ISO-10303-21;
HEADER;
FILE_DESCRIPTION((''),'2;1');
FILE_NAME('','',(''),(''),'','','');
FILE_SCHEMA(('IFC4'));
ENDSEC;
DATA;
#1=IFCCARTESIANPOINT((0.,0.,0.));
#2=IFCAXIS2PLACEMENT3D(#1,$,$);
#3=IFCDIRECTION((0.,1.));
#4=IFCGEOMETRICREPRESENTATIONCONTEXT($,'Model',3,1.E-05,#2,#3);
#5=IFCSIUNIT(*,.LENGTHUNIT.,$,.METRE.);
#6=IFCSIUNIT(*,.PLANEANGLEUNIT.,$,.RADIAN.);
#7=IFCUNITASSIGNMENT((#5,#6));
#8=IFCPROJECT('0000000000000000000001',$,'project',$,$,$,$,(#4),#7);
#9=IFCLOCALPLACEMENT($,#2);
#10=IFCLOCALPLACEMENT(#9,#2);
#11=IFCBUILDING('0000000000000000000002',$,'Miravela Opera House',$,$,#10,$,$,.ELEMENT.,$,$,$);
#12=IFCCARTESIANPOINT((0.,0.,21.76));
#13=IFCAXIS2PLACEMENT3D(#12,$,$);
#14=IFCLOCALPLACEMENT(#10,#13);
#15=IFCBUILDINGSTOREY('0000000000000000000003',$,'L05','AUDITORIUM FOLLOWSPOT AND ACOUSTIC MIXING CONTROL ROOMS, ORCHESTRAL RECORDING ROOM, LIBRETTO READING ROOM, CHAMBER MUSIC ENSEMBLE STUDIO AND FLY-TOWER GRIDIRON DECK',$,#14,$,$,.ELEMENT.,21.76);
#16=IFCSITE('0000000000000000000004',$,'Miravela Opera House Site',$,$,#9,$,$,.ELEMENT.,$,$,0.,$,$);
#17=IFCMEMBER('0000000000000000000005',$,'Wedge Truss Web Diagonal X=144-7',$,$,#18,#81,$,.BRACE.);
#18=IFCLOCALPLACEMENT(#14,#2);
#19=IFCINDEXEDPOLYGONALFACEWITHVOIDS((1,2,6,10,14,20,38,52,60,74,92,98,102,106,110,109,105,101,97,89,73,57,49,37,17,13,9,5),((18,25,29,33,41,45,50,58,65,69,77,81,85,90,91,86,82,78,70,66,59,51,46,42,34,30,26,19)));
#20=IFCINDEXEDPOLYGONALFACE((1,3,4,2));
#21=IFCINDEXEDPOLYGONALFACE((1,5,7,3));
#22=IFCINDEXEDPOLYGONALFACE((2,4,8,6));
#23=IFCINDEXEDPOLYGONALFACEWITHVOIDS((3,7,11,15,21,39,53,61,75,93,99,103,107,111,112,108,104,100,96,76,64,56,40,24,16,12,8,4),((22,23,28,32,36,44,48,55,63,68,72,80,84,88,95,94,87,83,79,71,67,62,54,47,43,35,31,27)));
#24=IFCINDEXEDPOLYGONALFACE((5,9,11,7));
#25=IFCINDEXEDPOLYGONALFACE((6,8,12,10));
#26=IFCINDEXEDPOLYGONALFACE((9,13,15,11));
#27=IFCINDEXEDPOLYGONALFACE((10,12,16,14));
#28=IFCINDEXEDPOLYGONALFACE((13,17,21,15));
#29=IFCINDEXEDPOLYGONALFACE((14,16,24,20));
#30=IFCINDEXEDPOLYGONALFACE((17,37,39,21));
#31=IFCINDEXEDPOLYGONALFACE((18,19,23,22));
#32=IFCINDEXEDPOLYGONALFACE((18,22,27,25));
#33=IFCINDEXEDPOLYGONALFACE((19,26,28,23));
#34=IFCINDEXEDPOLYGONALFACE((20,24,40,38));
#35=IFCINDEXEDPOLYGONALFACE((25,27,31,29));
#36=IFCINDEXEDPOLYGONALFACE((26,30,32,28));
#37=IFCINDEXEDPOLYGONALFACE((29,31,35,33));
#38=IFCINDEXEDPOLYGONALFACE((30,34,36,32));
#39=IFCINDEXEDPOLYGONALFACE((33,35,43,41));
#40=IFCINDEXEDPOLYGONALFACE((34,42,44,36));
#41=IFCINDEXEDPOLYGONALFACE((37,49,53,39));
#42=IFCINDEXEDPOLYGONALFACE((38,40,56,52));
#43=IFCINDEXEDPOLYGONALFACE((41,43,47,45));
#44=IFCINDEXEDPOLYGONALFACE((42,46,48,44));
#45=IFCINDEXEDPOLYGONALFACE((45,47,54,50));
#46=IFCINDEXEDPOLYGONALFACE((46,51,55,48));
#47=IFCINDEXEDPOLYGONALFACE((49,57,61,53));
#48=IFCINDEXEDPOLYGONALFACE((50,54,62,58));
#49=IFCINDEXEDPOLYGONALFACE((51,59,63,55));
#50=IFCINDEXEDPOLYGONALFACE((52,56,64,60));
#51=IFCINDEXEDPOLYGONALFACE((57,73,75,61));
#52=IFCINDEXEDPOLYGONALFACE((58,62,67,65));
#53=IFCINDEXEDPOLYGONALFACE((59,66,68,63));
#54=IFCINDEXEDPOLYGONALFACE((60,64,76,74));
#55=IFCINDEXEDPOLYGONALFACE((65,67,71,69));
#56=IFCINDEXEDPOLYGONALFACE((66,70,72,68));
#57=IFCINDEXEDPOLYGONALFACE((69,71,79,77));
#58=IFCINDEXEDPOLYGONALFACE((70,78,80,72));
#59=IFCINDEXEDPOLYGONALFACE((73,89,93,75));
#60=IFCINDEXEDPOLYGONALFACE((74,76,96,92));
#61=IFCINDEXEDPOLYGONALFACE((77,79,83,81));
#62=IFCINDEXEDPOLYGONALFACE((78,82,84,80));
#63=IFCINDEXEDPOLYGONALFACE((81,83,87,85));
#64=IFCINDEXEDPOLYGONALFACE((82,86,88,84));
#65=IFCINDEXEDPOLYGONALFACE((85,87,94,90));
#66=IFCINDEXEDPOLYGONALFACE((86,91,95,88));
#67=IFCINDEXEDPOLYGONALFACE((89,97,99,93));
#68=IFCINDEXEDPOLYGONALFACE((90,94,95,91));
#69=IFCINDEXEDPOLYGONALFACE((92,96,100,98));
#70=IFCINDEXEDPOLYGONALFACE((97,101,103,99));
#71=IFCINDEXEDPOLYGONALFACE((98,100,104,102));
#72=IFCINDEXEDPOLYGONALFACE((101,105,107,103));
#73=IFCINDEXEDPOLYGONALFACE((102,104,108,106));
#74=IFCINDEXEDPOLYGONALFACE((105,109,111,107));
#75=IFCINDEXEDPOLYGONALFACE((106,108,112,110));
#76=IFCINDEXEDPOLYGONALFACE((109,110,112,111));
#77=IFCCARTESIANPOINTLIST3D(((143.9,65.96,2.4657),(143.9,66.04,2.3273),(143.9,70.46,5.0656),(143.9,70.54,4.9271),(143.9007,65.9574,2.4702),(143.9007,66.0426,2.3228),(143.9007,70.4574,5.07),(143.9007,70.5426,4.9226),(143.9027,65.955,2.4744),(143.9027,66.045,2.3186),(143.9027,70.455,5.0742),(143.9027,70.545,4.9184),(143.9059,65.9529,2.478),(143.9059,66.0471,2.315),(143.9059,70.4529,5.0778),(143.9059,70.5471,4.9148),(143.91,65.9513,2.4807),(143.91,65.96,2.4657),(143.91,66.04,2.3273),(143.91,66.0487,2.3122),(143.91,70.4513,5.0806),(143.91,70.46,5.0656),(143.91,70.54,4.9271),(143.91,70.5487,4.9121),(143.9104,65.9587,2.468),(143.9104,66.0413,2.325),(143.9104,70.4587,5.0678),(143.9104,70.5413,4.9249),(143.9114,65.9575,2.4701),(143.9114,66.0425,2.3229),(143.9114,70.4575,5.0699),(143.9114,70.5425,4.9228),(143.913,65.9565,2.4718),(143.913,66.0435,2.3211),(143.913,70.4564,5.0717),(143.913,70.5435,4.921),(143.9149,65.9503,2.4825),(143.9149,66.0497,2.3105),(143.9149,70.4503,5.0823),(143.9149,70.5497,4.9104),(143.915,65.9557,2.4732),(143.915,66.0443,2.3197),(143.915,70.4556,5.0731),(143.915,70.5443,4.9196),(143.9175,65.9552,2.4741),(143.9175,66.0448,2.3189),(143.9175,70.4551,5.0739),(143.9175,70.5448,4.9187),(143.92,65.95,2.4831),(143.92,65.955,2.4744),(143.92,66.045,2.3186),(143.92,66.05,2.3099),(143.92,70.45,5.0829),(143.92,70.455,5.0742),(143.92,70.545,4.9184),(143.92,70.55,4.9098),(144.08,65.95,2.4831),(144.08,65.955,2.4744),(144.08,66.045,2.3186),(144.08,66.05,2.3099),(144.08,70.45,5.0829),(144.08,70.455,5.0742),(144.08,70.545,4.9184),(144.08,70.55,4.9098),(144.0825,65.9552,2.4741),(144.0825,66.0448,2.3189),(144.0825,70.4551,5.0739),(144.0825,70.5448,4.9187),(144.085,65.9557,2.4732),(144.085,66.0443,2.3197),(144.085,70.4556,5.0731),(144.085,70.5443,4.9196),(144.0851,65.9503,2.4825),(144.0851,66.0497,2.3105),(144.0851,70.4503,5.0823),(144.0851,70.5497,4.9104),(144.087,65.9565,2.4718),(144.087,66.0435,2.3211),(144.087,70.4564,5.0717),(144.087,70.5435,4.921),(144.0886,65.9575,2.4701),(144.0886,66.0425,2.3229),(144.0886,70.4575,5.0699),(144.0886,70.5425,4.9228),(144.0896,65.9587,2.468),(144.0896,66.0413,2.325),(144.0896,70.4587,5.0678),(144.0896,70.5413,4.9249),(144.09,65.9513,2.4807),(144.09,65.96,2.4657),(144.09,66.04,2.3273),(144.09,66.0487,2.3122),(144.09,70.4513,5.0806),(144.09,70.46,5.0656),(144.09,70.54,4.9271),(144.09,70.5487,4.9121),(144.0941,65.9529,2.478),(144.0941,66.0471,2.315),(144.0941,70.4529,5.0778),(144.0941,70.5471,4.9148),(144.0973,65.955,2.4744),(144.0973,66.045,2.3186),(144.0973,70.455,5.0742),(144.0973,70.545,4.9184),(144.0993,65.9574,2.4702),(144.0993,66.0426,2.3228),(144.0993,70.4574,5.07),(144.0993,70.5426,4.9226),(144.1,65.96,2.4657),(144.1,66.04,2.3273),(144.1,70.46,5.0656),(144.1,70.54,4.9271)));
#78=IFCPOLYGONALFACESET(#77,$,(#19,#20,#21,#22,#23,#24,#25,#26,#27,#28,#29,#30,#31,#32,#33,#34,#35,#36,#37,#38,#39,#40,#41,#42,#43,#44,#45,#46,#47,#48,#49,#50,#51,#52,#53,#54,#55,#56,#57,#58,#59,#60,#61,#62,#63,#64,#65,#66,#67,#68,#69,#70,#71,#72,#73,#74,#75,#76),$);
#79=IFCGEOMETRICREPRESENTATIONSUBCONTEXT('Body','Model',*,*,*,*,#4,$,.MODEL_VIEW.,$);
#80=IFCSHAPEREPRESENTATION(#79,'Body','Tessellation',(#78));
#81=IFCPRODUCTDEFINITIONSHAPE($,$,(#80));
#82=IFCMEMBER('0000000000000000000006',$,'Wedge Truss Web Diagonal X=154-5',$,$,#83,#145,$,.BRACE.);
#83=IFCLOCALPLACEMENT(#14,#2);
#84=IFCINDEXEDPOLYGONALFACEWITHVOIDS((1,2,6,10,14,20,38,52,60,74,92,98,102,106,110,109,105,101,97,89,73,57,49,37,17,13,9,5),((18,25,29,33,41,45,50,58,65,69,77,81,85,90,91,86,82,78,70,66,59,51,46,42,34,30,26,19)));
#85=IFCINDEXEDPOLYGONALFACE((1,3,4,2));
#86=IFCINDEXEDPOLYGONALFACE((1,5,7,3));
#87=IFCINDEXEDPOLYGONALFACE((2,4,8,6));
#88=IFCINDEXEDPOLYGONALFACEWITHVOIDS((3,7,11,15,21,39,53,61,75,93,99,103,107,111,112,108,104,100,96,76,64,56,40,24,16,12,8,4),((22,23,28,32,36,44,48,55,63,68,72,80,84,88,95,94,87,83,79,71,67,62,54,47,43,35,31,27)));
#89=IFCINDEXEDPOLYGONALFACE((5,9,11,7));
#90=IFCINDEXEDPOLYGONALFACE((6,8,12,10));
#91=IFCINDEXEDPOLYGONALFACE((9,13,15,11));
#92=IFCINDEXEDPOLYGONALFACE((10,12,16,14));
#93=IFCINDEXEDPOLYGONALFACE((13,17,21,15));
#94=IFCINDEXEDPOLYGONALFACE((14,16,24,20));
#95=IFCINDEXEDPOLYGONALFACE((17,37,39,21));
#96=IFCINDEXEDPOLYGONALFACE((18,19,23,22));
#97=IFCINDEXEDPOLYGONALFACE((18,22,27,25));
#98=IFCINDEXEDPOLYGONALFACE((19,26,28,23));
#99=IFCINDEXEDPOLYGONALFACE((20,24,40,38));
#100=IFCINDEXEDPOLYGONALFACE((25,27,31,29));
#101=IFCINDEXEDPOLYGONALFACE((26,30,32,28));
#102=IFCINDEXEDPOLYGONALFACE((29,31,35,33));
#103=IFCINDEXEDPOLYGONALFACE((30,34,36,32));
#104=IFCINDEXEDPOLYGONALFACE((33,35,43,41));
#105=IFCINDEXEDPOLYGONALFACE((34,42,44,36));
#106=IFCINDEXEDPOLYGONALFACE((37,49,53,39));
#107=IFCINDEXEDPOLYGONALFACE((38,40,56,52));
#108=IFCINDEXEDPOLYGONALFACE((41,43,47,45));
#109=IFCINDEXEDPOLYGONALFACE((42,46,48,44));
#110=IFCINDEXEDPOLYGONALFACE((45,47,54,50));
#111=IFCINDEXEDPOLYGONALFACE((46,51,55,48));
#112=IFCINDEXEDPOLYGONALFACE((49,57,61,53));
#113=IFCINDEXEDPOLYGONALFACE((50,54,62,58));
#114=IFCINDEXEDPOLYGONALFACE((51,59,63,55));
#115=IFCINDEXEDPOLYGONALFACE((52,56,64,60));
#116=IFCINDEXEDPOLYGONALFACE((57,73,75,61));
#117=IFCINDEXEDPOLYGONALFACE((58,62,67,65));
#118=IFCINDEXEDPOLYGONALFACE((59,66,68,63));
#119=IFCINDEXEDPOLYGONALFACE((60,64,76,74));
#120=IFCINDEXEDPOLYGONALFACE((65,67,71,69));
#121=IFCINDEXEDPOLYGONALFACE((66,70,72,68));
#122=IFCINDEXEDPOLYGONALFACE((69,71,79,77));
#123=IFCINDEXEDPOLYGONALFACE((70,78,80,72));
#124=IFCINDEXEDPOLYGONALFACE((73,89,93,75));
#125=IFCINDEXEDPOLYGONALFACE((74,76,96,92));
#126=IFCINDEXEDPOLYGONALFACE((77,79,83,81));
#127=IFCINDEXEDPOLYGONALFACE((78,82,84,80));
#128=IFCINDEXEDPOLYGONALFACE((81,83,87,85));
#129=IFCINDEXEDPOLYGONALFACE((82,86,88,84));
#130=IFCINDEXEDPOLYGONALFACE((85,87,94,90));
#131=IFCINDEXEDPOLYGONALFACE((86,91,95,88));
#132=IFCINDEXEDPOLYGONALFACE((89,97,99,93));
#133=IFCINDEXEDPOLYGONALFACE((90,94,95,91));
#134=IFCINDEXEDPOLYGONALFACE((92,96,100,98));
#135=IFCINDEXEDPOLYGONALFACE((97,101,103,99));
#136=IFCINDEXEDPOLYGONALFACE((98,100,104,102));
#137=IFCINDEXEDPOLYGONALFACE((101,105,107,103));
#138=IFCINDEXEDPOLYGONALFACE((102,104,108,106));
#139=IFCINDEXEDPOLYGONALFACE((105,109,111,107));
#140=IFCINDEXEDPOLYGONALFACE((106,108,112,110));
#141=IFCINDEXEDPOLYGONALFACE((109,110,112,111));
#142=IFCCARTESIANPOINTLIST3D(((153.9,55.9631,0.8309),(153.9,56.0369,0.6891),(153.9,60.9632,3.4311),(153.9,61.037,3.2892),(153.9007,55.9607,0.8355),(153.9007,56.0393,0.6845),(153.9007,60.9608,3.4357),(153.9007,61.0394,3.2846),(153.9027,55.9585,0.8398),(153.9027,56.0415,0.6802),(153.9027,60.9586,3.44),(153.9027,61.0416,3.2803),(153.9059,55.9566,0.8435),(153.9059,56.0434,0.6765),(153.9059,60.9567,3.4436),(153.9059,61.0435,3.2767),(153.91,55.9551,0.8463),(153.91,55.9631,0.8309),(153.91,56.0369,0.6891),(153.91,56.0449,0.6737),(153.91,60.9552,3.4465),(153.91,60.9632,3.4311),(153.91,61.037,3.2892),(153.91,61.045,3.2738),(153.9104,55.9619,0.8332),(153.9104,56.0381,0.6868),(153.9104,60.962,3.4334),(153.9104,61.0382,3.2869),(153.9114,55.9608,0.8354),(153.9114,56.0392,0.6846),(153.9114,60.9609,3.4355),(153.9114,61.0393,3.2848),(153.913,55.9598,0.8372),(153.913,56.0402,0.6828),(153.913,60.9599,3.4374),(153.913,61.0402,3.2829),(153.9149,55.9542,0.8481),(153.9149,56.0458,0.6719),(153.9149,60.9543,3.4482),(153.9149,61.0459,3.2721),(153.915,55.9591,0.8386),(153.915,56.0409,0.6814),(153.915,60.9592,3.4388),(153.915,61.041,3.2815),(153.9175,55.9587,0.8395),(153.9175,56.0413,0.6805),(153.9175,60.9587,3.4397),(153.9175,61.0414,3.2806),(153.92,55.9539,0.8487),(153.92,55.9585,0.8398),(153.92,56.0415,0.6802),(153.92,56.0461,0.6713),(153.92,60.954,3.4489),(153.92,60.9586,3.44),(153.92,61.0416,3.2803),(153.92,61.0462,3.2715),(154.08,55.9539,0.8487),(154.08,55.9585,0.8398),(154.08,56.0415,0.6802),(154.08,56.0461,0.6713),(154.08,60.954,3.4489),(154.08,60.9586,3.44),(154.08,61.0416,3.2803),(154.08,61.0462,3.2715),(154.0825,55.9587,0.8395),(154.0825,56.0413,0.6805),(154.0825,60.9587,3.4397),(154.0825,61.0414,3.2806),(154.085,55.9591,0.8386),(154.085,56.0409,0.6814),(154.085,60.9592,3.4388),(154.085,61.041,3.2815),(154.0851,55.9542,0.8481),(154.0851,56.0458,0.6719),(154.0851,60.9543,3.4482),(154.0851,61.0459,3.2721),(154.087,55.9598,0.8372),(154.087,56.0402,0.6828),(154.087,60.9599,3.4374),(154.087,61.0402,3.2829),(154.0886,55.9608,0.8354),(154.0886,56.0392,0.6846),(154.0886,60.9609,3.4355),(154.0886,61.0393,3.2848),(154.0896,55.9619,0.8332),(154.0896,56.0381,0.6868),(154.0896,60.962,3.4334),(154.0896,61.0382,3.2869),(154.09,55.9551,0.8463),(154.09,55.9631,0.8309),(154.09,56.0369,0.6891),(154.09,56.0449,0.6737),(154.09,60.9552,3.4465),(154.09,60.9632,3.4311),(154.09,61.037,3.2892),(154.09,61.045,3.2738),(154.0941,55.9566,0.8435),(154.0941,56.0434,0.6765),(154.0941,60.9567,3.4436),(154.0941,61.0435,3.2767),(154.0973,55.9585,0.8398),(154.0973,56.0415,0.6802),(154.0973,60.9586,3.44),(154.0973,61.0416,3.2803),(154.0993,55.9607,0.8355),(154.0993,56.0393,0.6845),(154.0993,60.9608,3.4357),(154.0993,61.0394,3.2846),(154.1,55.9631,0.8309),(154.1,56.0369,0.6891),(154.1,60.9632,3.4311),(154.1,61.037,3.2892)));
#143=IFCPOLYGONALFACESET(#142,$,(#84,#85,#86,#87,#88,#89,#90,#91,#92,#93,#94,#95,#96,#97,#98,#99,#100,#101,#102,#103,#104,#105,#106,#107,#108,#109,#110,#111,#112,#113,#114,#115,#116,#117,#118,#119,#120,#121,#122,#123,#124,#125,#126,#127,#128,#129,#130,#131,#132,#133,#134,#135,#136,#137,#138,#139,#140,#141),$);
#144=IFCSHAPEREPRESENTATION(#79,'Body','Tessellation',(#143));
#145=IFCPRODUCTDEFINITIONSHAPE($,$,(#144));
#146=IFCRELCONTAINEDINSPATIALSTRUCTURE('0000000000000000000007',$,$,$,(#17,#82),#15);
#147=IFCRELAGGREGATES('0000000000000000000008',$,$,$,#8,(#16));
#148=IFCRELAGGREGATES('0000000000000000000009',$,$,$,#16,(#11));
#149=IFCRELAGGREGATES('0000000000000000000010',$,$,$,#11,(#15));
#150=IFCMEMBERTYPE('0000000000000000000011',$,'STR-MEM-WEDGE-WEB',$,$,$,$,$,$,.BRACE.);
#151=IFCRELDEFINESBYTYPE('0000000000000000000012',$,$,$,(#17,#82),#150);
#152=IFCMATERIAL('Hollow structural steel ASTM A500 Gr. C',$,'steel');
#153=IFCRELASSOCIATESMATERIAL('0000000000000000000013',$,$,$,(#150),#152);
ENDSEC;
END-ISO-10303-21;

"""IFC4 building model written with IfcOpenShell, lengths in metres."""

from ifc_helpers import new_model, si_unit, direction, frame, origin, origin_2d, place, context, subcontext, project, spatial, hollow_rectangle, extrude, material, material_profile, profile_set, type_object, element, save


model = new_model("IFC4")

# Units and contexts
model_context = context("Model", 3, precision=1e-05, world=origin(), true_north=direction((0.0, 1.0)))
body_context = subcontext(model_context, "Body", "Model", "MODEL_VIEW")
ifc_project = project(units=[si_unit("LENGTHUNIT", "METRE"), si_unit("PLANEANGLEUNIT", "RADIAN")], contexts=[model_context])

# Site, building, storey
site_placement = place(None, origin())
site = spatial("IfcSite", under=ifc_project, at=site_placement, Name="Miravela Opera House Site", CompositionType="ELEMENT", RefElevation=0.0)
building_placement = place(site_placement, origin())
building = spatial("IfcBuilding", under=site, at=building_placement, Name="Miravela Opera House", CompositionType="ELEMENT")
storey_placement = place(building_placement, frame((0.0, 0.0, 21.76)))
storey = spatial("IfcBuildingStorey", under=building, at=storey_placement, Name="L05", Description="AUDITORIUM FOLLOWSPOT AND ACOUSTIC MIXING CONTROL ROOMS, ORCHESTRAL RECORDING ROOM, LIBRETTO READING ROOM, CHAMBER MUSIC ENSEMBLE STUDIO AND FLY-TOWER GRIDIRON DECK", CompositionType="ELEMENT", Elevation=21.76)

# Members
ifc_material_1 = material(Name="Hollow structural steel ASTM A500 Gr. C", Category="steel")
ifc_material_profile_1 = material_profile(ifc_material_1, hollow_rectangle(XDim=0.2, YDim=0.2, WallThickness=0.01, InnerFilletRadius=0.01, OuterFilletRadius=0.02, at=origin_2d()), Name="HSS200X200X10")
ifc_profile_set_1 = profile_set([ifc_material_profile_1])
member_type_1 = type_object("IfcMemberType", Name="STR-MEM-WEDGE-WEB", PredefinedType="BRACE", material=ifc_profile_set_1)
member_1_placement = place(storey_placement, frame((144.0, 66.0, 2.3965), z_axis=(0.0, 0.865877, 0.500256), x_axis=(-1.0, 0.0, 0.0)))
element("IfcMember", 1, at=member_1_placement, inside=storey, type_object=member_type_1, Name="Wedge Truss Web Diagonal X=144-7", PredefinedType="BRACE", context=body_context, shape_type="SweptSolid", body=[
    extrude(hollow_rectangle(XDim=0.2, YDim=0.2, WallThickness=0.01, InnerFilletRadius=0.01, OuterFilletRadius=0.02, at=origin_2d()), origin(), (0.0, 0.0, 1.0), 5.197),
])
for number, where, z_axis, x_axis, name in (
    (2, (154.0, 56.0, 0.76), (0.0, 0.88721, 0.461366), (-1.0, 0.0, 0.0), "Wedge Truss Web Diagonal X=154-5"),
):
    element("IfcMember", number, at=place(storey_placement, frame(where, z_axis=z_axis, x_axis=x_axis)), inside=storey, type_object=member_type_1, Name=name, PredefinedType="BRACE", context=body_context, shape_type="SweptSolid", body=[
        extrude(hollow_rectangle(XDim=0.2, YDim=0.2, WallThickness=0.01, InnerFilletRadius=0.01, OuterFilletRadius=0.02, at=origin_2d()), origin(), (0.0, 0.0, 1.0), 5.6357),
    ])

save(model, "model.ifc")
